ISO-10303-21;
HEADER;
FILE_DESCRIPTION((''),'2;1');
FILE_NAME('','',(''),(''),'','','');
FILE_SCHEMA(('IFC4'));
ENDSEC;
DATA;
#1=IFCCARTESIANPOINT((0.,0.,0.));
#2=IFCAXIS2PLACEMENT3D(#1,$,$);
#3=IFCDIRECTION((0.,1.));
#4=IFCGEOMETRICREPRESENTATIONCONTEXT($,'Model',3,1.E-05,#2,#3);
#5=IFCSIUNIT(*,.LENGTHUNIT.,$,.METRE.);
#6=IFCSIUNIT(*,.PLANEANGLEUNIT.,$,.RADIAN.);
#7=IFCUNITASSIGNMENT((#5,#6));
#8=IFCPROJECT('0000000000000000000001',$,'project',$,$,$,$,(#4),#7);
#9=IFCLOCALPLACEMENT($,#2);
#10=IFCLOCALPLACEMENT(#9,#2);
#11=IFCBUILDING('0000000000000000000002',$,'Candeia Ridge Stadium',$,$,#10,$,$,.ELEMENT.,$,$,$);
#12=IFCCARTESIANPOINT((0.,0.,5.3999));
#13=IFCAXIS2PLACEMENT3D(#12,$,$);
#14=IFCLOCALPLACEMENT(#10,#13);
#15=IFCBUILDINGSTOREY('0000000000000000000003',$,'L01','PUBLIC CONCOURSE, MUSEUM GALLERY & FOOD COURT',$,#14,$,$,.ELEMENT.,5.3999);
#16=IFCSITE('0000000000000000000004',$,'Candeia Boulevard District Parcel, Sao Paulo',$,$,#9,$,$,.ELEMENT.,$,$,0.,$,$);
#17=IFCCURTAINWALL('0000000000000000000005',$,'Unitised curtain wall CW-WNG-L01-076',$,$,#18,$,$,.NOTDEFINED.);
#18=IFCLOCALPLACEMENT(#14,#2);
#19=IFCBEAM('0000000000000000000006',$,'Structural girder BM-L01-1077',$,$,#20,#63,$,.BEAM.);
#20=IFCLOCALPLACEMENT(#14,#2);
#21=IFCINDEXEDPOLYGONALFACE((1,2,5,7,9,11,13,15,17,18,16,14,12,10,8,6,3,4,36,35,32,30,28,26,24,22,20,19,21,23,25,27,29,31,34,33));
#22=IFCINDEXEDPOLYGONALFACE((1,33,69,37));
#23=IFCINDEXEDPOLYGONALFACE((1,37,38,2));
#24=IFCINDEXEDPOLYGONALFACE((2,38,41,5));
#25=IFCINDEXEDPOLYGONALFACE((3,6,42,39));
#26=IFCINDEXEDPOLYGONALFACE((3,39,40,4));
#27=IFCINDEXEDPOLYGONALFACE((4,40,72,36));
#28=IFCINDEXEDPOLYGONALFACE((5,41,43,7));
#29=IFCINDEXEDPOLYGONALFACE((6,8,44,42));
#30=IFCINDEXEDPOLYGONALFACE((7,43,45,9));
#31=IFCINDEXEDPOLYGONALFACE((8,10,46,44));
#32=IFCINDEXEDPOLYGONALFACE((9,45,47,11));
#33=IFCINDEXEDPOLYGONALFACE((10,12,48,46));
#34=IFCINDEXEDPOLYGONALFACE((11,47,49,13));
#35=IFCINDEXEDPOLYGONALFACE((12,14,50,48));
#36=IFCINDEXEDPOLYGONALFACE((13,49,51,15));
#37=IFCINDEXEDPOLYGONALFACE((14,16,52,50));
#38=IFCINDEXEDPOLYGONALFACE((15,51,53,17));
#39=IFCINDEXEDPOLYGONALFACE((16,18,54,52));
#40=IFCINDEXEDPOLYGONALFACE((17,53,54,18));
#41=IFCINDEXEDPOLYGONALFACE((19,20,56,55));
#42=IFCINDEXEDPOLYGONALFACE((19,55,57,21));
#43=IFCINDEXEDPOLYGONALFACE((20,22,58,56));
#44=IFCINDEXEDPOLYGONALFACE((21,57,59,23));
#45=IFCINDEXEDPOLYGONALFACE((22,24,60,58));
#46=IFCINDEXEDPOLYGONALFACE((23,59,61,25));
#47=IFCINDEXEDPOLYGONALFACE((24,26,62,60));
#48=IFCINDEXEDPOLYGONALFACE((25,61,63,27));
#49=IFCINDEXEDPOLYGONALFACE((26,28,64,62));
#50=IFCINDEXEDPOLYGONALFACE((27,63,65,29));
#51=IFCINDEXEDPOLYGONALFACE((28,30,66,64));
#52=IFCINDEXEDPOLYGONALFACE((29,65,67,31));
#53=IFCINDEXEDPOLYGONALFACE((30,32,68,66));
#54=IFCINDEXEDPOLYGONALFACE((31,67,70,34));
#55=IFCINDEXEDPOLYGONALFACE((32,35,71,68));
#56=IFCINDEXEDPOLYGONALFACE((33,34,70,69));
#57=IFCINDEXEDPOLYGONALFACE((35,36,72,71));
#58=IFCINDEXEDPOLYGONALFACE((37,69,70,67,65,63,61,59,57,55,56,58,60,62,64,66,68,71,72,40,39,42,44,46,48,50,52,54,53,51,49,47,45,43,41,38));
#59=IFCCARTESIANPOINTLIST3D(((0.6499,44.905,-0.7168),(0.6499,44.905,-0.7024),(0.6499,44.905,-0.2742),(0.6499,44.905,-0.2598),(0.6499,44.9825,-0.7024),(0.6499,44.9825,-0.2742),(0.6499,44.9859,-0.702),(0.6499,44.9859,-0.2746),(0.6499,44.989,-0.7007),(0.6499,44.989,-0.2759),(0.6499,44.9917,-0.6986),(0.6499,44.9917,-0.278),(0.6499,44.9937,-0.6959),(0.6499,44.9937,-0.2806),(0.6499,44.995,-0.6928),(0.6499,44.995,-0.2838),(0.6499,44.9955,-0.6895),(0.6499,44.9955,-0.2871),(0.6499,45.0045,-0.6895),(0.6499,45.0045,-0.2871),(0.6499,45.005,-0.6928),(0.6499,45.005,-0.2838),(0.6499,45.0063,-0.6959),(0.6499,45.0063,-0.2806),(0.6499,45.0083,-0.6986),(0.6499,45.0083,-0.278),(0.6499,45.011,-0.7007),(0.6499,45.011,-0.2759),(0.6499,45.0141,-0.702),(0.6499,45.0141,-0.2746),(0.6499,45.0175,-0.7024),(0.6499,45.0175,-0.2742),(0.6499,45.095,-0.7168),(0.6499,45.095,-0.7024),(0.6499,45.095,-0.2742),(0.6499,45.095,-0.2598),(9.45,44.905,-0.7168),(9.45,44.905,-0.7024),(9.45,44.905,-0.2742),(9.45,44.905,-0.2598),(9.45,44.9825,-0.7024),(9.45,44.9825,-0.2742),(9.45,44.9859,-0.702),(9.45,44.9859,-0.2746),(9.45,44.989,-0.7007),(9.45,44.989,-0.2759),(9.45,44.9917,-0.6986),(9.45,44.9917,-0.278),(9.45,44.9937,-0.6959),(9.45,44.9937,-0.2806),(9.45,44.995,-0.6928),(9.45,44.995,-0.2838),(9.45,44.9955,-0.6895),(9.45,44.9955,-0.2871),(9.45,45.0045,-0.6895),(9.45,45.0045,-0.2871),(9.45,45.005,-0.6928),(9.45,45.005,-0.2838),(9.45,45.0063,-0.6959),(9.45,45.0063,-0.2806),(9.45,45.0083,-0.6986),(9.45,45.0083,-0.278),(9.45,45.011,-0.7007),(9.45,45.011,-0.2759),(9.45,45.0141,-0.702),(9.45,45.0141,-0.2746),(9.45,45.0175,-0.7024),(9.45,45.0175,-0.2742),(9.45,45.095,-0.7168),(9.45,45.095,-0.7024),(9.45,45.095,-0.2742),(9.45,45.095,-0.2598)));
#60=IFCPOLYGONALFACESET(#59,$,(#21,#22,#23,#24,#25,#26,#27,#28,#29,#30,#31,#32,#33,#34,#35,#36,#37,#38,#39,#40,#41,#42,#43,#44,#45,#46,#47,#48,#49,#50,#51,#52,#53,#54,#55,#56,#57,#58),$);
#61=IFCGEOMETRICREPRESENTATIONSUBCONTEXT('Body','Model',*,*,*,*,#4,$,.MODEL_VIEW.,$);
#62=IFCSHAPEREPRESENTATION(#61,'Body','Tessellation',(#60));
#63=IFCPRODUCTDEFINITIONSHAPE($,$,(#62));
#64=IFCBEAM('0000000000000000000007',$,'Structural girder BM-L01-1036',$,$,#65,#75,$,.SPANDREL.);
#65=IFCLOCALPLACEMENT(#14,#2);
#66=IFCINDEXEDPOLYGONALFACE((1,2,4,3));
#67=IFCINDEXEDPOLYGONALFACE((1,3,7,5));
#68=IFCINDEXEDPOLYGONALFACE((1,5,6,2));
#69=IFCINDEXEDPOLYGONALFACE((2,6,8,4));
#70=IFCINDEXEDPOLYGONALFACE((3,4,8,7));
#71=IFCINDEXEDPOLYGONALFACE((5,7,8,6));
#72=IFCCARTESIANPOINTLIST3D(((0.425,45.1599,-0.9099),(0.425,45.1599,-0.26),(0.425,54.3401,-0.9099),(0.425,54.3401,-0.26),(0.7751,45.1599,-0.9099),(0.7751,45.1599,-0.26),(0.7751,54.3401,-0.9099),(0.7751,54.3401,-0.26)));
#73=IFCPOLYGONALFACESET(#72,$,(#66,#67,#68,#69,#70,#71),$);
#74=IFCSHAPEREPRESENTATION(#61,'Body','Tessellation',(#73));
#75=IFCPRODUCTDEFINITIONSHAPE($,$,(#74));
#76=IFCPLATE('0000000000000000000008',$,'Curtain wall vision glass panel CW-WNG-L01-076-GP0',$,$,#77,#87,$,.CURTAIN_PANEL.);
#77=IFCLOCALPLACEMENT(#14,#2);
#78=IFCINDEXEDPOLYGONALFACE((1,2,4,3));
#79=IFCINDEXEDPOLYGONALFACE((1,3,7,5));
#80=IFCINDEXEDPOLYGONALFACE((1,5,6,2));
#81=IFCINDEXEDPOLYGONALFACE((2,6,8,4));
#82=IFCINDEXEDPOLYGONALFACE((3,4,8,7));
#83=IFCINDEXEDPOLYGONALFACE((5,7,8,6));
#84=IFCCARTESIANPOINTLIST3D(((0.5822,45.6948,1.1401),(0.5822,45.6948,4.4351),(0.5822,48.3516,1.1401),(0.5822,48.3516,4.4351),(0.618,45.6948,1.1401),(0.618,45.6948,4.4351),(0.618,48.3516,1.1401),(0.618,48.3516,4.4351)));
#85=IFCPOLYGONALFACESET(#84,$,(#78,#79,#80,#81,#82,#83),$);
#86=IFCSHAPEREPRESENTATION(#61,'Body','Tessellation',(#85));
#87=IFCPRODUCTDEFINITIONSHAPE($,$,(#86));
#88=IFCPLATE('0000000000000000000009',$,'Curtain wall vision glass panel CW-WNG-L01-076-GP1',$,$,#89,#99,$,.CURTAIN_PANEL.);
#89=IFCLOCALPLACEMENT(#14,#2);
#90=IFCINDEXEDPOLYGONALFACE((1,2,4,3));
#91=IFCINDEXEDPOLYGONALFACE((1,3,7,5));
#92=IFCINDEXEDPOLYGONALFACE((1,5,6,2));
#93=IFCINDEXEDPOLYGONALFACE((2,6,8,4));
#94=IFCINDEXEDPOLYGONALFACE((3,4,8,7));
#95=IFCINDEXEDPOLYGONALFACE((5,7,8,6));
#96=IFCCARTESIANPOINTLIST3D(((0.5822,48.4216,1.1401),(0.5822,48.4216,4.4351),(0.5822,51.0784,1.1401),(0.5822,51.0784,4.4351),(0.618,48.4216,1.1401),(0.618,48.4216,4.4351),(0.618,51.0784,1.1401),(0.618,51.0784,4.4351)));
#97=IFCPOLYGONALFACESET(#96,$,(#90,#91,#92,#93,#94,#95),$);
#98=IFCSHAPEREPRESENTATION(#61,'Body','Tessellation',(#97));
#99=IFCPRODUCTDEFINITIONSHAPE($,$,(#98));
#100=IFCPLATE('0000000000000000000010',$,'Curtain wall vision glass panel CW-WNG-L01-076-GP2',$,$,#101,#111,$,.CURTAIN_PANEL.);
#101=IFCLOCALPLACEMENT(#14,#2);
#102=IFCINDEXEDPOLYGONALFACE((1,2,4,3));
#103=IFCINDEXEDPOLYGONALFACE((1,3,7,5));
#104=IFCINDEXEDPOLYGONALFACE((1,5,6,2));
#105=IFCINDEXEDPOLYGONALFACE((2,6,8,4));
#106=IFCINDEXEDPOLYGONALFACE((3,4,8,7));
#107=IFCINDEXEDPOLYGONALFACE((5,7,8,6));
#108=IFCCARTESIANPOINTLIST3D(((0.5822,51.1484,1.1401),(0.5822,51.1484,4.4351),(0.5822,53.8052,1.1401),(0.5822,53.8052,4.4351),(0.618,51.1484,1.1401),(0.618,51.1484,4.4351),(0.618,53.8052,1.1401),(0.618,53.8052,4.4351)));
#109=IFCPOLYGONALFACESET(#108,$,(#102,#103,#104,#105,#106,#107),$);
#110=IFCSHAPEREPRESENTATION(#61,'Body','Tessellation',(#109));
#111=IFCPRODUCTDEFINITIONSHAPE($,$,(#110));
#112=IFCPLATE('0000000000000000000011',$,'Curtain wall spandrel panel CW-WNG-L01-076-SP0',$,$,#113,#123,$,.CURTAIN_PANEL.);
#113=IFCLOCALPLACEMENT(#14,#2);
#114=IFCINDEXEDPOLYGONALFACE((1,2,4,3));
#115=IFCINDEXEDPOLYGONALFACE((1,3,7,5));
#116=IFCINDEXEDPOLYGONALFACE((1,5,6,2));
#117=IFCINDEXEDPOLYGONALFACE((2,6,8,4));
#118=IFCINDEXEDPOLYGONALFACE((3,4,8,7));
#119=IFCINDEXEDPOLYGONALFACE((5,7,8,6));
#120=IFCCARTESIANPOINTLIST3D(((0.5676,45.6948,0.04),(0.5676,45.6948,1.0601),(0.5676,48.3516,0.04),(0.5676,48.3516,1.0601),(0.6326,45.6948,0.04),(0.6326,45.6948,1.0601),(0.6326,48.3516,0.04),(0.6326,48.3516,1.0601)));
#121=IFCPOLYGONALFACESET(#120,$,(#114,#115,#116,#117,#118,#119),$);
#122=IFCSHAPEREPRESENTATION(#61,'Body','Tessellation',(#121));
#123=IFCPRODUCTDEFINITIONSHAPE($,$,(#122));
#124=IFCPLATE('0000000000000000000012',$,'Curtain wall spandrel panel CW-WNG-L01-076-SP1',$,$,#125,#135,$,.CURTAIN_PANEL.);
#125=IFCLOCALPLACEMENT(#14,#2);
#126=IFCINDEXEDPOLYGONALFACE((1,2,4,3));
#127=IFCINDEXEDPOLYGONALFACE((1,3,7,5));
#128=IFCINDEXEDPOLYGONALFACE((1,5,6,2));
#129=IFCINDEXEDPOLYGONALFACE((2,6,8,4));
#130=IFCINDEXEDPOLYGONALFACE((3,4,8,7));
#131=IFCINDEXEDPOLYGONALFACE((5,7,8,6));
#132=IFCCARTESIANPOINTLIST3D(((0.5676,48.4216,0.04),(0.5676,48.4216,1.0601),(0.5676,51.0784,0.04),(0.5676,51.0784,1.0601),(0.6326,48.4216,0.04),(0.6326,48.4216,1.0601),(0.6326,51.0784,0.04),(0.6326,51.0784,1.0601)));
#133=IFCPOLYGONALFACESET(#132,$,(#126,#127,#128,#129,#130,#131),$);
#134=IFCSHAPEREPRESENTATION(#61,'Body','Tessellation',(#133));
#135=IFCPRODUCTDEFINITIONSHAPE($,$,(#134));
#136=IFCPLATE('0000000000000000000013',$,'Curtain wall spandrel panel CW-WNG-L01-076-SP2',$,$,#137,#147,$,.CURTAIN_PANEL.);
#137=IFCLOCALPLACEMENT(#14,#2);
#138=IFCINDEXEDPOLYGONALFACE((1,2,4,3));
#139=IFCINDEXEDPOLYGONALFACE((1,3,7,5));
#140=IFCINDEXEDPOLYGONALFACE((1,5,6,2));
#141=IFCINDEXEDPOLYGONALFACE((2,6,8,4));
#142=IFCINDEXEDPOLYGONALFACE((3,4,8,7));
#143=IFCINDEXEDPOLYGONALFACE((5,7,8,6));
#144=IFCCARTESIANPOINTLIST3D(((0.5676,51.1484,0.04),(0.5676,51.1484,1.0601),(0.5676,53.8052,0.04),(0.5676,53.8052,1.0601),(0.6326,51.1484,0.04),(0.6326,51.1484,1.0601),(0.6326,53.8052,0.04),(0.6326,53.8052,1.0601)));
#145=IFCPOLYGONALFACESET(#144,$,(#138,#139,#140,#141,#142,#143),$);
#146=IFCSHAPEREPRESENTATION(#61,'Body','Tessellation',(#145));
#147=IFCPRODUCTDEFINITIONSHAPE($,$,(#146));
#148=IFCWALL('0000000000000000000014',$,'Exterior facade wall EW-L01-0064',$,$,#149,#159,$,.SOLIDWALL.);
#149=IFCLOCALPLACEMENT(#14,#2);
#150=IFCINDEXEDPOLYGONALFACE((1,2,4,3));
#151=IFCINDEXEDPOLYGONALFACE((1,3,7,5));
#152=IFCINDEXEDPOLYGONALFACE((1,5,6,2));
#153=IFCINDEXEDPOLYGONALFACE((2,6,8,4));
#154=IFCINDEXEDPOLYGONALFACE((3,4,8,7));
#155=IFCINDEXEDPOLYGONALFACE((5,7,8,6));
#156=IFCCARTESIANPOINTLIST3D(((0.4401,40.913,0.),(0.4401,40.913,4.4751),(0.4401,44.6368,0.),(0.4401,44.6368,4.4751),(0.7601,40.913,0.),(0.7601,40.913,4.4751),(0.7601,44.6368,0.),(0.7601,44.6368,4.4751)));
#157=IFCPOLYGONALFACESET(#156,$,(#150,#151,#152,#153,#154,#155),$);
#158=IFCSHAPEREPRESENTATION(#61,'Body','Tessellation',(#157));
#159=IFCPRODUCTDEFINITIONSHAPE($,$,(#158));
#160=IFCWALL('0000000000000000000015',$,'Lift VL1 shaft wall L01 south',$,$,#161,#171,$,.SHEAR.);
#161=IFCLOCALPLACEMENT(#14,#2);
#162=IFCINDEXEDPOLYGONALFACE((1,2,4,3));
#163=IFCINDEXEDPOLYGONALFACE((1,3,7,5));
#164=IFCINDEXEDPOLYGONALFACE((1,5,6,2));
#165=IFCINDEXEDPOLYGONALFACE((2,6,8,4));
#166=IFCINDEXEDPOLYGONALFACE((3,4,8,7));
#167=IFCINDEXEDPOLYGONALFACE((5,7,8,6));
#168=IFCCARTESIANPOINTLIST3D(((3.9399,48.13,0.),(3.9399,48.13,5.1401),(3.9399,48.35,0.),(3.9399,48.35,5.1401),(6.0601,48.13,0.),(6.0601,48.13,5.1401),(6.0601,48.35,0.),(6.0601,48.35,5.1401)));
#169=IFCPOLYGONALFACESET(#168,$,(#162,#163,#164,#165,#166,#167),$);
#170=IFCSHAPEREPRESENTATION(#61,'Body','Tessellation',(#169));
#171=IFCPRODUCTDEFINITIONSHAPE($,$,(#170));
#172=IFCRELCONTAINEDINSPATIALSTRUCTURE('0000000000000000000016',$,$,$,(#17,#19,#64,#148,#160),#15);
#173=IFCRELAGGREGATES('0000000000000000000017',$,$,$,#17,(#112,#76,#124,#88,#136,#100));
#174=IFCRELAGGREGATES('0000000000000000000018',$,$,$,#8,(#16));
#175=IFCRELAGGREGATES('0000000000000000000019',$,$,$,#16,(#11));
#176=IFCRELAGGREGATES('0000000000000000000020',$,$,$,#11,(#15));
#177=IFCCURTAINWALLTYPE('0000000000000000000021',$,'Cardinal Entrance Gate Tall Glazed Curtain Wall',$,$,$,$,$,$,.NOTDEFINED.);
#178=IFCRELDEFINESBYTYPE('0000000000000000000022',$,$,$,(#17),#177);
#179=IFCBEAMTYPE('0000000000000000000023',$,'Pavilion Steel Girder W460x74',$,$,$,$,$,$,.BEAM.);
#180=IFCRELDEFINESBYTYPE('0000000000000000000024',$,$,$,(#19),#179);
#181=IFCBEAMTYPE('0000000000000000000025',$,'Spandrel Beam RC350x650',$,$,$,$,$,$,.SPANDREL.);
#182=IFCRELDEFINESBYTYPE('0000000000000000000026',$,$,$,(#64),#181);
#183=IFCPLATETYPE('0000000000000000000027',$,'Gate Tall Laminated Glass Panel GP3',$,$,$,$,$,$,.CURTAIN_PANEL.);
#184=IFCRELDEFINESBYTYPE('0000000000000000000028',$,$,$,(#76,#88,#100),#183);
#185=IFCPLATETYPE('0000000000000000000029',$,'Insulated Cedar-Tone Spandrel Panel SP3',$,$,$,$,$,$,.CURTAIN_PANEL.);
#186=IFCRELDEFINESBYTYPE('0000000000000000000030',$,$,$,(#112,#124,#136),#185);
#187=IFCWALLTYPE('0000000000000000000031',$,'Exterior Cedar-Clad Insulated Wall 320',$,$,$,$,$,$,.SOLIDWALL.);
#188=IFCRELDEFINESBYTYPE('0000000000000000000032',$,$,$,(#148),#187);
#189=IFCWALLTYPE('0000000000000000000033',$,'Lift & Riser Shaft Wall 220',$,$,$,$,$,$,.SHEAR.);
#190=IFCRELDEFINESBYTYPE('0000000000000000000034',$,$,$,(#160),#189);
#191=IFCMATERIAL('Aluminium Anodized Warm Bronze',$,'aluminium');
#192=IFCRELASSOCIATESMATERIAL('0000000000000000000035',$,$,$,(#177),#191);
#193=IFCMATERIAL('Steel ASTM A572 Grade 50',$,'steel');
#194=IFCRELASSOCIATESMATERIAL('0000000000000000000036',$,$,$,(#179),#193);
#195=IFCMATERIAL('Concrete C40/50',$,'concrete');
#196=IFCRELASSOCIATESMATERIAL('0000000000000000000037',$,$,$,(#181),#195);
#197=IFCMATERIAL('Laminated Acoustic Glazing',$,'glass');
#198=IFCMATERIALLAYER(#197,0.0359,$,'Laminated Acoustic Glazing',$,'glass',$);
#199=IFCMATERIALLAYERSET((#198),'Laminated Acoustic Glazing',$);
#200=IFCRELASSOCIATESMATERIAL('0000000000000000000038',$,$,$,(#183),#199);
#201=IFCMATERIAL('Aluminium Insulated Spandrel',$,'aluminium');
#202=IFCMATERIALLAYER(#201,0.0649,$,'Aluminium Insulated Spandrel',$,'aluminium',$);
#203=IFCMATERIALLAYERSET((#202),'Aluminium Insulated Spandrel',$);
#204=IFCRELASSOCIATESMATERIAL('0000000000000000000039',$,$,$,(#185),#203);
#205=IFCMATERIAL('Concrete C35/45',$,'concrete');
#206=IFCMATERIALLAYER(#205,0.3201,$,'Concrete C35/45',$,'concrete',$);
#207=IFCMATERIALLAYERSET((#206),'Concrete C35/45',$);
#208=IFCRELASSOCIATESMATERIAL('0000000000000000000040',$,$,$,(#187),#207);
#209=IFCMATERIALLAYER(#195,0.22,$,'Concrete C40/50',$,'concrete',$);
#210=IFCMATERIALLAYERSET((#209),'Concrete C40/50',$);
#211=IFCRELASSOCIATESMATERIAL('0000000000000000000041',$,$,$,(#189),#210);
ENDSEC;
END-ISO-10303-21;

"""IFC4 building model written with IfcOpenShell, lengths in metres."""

from ifc_helpers import new_model, si_unit, direction, frame, frame_2d, origin, origin_2d, place, context, subcontext, project, spatial, rectangle, i_section, extrude, material, layer, layer_set, material_profile, profile_set, type_object, element, aggregate, save


model = new_model("IFC4")

# Units and contexts
model_context = context("Model", 3, precision=1e-05, world=origin(), true_north=direction((0.0, 1.0)))
body_context = subcontext(model_context, "Body", "Model", "MODEL_VIEW")
ifc_project = project(units=[si_unit("LENGTHUNIT", "METRE"), si_unit("PLANEANGLEUNIT", "RADIAN")], contexts=[model_context])

# Site, building, storey
site_placement = place(None, origin())
site = spatial("IfcSite", under=ifc_project, at=site_placement, Name="Candeia Boulevard District Parcel, Sao Paulo", CompositionType="ELEMENT", RefElevation=0.0)
building_placement = place(site_placement, origin())
building = spatial("IfcBuilding", under=site, at=building_placement, Name="Candeia Ridge Stadium", CompositionType="ELEMENT")
storey_placement = place(building_placement, frame((0.0, 0.0, 5.3999)))
storey = spatial("IfcBuildingStorey", under=building, at=storey_placement, Name="L01", Description="PUBLIC CONCOURSE, MUSEUM GALLERY & FOOD COURT", CompositionType="ELEMENT", Elevation=5.3999)

# Shared definitions
ifc_material_1 = material(Name="Concrete C40/50", Category="concrete")

# Curtain wall
ifc_material_2 = material(Name="Aluminium Anodized Warm Bronze", Category="aluminium")
curtain_wall_type = type_object("IfcCurtainWallType", Name="Cardinal Entrance Gate Tall Glazed Curtain Wall", PredefinedType="NOTDEFINED", material=ifc_material_2)
curtain_wall_placement = place(storey_placement, origin())
curtain_wall = element("IfcCurtainWall", 1, at=curtain_wall_placement, inside=storey, type_object=curtain_wall_type, Name="Unitised curtain wall CW-WNG-L01-076", PredefinedType="NOTDEFINED")

# Beams
ifc_material_3 = material(Name="Steel ASTM A572 Grade 50", Category="steel")
ifc_material_profile_1 = material_profile(ifc_material_3, i_section(OverallWidth=0.1899, OverallDepth=0.457, WebThickness=0.009, FlangeThickness=0.0144, FilletRadius=0.0129, at=origin_2d()), Name="W460x74", Category="steel")
ifc_profile_set_1 = profile_set([ifc_material_profile_1], Name="Steel ASTM A572 Grade 50")
beam_type_1 = type_object("IfcBeamType", Name="Pavilion Steel Girder W460x74", PredefinedType="BEAM", material=ifc_profile_set_1)
beam_1_placement = place(storey_placement, frame((0.6499, 45.0, -0.4883), z_axis=(1.0, 0.0, 0.0), x_axis=(0.0, 1.0, 0.0)))
element("IfcBeam", 2, at=beam_1_placement, inside=storey, type_object=beam_type_1, Name="Structural girder BM-L01-1077", PredefinedType="BEAM", context=body_context, shape_type="SweptSolid", body=[
    extrude(i_section(OverallWidth=0.1899, OverallDepth=0.457, WebThickness=0.009, FlangeThickness=0.0144, FilletRadius=0.0129, at=origin_2d()), origin(), (0.0, 0.0, 1.0), 8.8),
])
ifc_material_profile_2 = material_profile(ifc_material_1, rectangle(XDim=0.3501, YDim=0.6499, at=origin_2d()), Name="RC350x650", Category="concrete")
ifc_profile_set_2 = profile_set([ifc_material_profile_2], Name="Concrete C40/50")
beam_type_2 = type_object("IfcBeamType", Name="Spandrel Beam RC350x650", PredefinedType="SPANDREL", material=ifc_profile_set_2)
beam_2_placement = place(storey_placement, frame((0.6001, 45.1599, -0.585), z_axis=(0.0, 1.0, 0.0), x_axis=(-1.0, 0.0, 0.0)))
element("IfcBeam", 3, at=beam_2_placement, inside=storey, type_object=beam_type_2, Name="Structural girder BM-L01-1036", PredefinedType="SPANDREL", context=body_context, shape_type="SweptSolid", body=[
    extrude(rectangle(XDim=0.3501, YDim=0.6499, at=origin_2d()), origin(), (0.0, 0.0, 1.0), 9.1802),
])

# Plates
ifc_material_4 = material(Name="Laminated Acoustic Glazing", Category="glass")
ifc_layer_1 = layer(ifc_material_4, 0.0359, Name="Laminated Acoustic Glazing", Category="glass")
ifc_layer_set_1 = layer_set([ifc_layer_1], Name="Laminated Acoustic Glazing")
plate_type_1 = type_object("IfcPlateType", Name="Gate Tall Laminated Glass Panel GP3", PredefinedType="CURTAIN_PANEL", material=ifc_layer_set_1)
plate_1_placement = place(storey_placement, frame((0.6001, 47.0232, 1.1401), z_axis=(0.0, 0.0, 1.0), x_axis=(0.0, 1.0, 0.0)))
plate_1 = element("IfcPlate", 4, at=plate_1_placement, type_object=plate_type_1, Name="Curtain wall vision glass panel CW-WNG-L01-076-GP0", PredefinedType="CURTAIN_PANEL", context=body_context, shape_type="SweptSolid", body=[
    extrude(rectangle(XDim=2.6567, YDim=0.0359, at=origin_2d()), origin(), (0.0, 0.0, 1.0), 3.2949),
])
plate_2_placement = place(storey_placement, frame((0.6001, 49.75, 1.1401), z_axis=(0.0, 0.0, 1.0), x_axis=(0.0, 1.0, 0.0)))
plate_2 = element("IfcPlate", 5, at=plate_2_placement, type_object=plate_type_1, Name="Curtain wall vision glass panel CW-WNG-L01-076-GP1", PredefinedType="CURTAIN_PANEL", context=body_context, shape_type="SweptSolid", body=[
    extrude(rectangle(XDim=2.6567, YDim=0.0359, at=origin_2d()), origin(), (0.0, 0.0, 1.0), 3.2949),
])
plate_3_placement = place(storey_placement, frame((0.6001, 52.4768, 1.1401), z_axis=(0.0, 0.0, 1.0), x_axis=(0.0, 1.0, 0.0)))
plate_3 = element("IfcPlate", 6, at=plate_3_placement, type_object=plate_type_1, Name="Curtain wall vision glass panel CW-WNG-L01-076-GP2", PredefinedType="CURTAIN_PANEL", context=body_context, shape_type="SweptSolid", body=[
    extrude(rectangle(XDim=2.6567, YDim=0.0359, at=origin_2d()), origin(), (0.0, 0.0, 1.0), 3.2949),
])
ifc_material_5 = material(Name="Aluminium Insulated Spandrel", Category="aluminium")
ifc_layer_2 = layer(ifc_material_5, 0.0649, Name="Aluminium Insulated Spandrel", Category="aluminium")
ifc_layer_set_2 = layer_set([ifc_layer_2], Name="Aluminium Insulated Spandrel")
plate_type_2 = type_object("IfcPlateType", Name="Insulated Cedar-Tone Spandrel Panel SP3", PredefinedType="CURTAIN_PANEL", material=ifc_layer_set_2)
plate_4_placement = place(storey_placement, frame((0.6001, 47.0232, 0.04), z_axis=(0.0, 0.0, 1.0), x_axis=(0.0, 1.0, 0.0)))
plate_4 = element("IfcPlate", 7, at=plate_4_placement, type_object=plate_type_2, Name="Curtain wall spandrel panel CW-WNG-L01-076-SP0", PredefinedType="CURTAIN_PANEL", context=body_context, shape_type="SweptSolid", body=[
    extrude(rectangle(XDim=2.6567, YDim=0.0649, at=origin_2d()), origin(), (0.0, 0.0, 1.0), 1.02),
])
plate_5_placement = place(storey_placement, frame((0.6001, 49.75, 0.04), z_axis=(0.0, 0.0, 1.0), x_axis=(0.0, 1.0, 0.0)))
plate_5 = element("IfcPlate", 8, at=plate_5_placement, type_object=plate_type_2, Name="Curtain wall spandrel panel CW-WNG-L01-076-SP1", PredefinedType="CURTAIN_PANEL", context=body_context, shape_type="SweptSolid", body=[
    extrude(rectangle(XDim=2.6567, YDim=0.0649, at=origin_2d()), origin(), (0.0, 0.0, 1.0), 1.02),
])
plate_6_placement = place(storey_placement, frame((0.6001, 52.4768, 0.04), z_axis=(0.0, 0.0, 1.0), x_axis=(0.0, 1.0, 0.0)))
plate_6 = element("IfcPlate", 9, at=plate_6_placement, type_object=plate_type_2, Name="Curtain wall spandrel panel CW-WNG-L01-076-SP2", PredefinedType="CURTAIN_PANEL", context=body_context, shape_type="SweptSolid", body=[
    extrude(rectangle(XDim=2.6567, YDim=0.0649, at=origin_2d()), origin(), (0.0, 0.0, 1.0), 1.02),
])
aggregate(curtain_wall, [plate_4, plate_1, plate_5, plate_2, plate_6, plate_3])

# Walls
ifc_material_6 = material(Name="Concrete C35/45", Category="concrete")
ifc_layer_3 = layer(ifc_material_6, 0.3201, Name="Concrete C35/45", Category="concrete")
ifc_layer_set_3 = layer_set([ifc_layer_3], Name="Concrete C35/45")
wall_type_1 = type_object("IfcWallType", Name="Exterior Cedar-Clad Insulated Wall 320", PredefinedType="SOLIDWALL", material=ifc_layer_set_3)
wall_1_placement = place(storey_placement, frame((0.6001, 40.9131, 0.0), z_axis=(0.0, 0.0, 1.0), x_axis=(0.0, 1.0, 0.0)))
element("IfcWall", 10, at=wall_1_placement, inside=storey, type_object=wall_type_1, Name="Exterior facade wall EW-L01-0064", PredefinedType="SOLIDWALL", context=body_context, shape_type="SweptSolid", body=[
    extrude(rectangle(XDim=3.7239, YDim=0.3201, at=frame_2d((1.8618, 0.0))), origin(), (0.0, 0.0, 1.0), 4.4751),
])
ifc_layer_4 = layer(ifc_material_1, 0.22, Name="Concrete C40/50", Category="concrete")
ifc_layer_set_4 = layer_set([ifc_layer_4], Name="Concrete C40/50")
wall_type_2 = type_object("IfcWallType", Name="Lift & Riser Shaft Wall 220", PredefinedType="SHEAR", material=ifc_layer_set_4)
wall_2_placement = place(storey_placement, frame((3.9399, 48.24, 0.0), z_axis=(0.0, 0.0, 1.0), x_axis=(1.0, 0.0, 0.0)))
element("IfcWall", 11, at=wall_2_placement, inside=storey, type_object=wall_type_2, Name="Lift VL1 shaft wall L01 south", PredefinedType="SHEAR", context=body_context, shape_type="SweptSolid", body=[
    extrude(rectangle(XDim=2.1201, YDim=0.22, at=frame_2d((1.0601, 0.0))), origin(), (0.0, 0.0, 1.0), 5.1401),
])

save(model, "model.ifc")
